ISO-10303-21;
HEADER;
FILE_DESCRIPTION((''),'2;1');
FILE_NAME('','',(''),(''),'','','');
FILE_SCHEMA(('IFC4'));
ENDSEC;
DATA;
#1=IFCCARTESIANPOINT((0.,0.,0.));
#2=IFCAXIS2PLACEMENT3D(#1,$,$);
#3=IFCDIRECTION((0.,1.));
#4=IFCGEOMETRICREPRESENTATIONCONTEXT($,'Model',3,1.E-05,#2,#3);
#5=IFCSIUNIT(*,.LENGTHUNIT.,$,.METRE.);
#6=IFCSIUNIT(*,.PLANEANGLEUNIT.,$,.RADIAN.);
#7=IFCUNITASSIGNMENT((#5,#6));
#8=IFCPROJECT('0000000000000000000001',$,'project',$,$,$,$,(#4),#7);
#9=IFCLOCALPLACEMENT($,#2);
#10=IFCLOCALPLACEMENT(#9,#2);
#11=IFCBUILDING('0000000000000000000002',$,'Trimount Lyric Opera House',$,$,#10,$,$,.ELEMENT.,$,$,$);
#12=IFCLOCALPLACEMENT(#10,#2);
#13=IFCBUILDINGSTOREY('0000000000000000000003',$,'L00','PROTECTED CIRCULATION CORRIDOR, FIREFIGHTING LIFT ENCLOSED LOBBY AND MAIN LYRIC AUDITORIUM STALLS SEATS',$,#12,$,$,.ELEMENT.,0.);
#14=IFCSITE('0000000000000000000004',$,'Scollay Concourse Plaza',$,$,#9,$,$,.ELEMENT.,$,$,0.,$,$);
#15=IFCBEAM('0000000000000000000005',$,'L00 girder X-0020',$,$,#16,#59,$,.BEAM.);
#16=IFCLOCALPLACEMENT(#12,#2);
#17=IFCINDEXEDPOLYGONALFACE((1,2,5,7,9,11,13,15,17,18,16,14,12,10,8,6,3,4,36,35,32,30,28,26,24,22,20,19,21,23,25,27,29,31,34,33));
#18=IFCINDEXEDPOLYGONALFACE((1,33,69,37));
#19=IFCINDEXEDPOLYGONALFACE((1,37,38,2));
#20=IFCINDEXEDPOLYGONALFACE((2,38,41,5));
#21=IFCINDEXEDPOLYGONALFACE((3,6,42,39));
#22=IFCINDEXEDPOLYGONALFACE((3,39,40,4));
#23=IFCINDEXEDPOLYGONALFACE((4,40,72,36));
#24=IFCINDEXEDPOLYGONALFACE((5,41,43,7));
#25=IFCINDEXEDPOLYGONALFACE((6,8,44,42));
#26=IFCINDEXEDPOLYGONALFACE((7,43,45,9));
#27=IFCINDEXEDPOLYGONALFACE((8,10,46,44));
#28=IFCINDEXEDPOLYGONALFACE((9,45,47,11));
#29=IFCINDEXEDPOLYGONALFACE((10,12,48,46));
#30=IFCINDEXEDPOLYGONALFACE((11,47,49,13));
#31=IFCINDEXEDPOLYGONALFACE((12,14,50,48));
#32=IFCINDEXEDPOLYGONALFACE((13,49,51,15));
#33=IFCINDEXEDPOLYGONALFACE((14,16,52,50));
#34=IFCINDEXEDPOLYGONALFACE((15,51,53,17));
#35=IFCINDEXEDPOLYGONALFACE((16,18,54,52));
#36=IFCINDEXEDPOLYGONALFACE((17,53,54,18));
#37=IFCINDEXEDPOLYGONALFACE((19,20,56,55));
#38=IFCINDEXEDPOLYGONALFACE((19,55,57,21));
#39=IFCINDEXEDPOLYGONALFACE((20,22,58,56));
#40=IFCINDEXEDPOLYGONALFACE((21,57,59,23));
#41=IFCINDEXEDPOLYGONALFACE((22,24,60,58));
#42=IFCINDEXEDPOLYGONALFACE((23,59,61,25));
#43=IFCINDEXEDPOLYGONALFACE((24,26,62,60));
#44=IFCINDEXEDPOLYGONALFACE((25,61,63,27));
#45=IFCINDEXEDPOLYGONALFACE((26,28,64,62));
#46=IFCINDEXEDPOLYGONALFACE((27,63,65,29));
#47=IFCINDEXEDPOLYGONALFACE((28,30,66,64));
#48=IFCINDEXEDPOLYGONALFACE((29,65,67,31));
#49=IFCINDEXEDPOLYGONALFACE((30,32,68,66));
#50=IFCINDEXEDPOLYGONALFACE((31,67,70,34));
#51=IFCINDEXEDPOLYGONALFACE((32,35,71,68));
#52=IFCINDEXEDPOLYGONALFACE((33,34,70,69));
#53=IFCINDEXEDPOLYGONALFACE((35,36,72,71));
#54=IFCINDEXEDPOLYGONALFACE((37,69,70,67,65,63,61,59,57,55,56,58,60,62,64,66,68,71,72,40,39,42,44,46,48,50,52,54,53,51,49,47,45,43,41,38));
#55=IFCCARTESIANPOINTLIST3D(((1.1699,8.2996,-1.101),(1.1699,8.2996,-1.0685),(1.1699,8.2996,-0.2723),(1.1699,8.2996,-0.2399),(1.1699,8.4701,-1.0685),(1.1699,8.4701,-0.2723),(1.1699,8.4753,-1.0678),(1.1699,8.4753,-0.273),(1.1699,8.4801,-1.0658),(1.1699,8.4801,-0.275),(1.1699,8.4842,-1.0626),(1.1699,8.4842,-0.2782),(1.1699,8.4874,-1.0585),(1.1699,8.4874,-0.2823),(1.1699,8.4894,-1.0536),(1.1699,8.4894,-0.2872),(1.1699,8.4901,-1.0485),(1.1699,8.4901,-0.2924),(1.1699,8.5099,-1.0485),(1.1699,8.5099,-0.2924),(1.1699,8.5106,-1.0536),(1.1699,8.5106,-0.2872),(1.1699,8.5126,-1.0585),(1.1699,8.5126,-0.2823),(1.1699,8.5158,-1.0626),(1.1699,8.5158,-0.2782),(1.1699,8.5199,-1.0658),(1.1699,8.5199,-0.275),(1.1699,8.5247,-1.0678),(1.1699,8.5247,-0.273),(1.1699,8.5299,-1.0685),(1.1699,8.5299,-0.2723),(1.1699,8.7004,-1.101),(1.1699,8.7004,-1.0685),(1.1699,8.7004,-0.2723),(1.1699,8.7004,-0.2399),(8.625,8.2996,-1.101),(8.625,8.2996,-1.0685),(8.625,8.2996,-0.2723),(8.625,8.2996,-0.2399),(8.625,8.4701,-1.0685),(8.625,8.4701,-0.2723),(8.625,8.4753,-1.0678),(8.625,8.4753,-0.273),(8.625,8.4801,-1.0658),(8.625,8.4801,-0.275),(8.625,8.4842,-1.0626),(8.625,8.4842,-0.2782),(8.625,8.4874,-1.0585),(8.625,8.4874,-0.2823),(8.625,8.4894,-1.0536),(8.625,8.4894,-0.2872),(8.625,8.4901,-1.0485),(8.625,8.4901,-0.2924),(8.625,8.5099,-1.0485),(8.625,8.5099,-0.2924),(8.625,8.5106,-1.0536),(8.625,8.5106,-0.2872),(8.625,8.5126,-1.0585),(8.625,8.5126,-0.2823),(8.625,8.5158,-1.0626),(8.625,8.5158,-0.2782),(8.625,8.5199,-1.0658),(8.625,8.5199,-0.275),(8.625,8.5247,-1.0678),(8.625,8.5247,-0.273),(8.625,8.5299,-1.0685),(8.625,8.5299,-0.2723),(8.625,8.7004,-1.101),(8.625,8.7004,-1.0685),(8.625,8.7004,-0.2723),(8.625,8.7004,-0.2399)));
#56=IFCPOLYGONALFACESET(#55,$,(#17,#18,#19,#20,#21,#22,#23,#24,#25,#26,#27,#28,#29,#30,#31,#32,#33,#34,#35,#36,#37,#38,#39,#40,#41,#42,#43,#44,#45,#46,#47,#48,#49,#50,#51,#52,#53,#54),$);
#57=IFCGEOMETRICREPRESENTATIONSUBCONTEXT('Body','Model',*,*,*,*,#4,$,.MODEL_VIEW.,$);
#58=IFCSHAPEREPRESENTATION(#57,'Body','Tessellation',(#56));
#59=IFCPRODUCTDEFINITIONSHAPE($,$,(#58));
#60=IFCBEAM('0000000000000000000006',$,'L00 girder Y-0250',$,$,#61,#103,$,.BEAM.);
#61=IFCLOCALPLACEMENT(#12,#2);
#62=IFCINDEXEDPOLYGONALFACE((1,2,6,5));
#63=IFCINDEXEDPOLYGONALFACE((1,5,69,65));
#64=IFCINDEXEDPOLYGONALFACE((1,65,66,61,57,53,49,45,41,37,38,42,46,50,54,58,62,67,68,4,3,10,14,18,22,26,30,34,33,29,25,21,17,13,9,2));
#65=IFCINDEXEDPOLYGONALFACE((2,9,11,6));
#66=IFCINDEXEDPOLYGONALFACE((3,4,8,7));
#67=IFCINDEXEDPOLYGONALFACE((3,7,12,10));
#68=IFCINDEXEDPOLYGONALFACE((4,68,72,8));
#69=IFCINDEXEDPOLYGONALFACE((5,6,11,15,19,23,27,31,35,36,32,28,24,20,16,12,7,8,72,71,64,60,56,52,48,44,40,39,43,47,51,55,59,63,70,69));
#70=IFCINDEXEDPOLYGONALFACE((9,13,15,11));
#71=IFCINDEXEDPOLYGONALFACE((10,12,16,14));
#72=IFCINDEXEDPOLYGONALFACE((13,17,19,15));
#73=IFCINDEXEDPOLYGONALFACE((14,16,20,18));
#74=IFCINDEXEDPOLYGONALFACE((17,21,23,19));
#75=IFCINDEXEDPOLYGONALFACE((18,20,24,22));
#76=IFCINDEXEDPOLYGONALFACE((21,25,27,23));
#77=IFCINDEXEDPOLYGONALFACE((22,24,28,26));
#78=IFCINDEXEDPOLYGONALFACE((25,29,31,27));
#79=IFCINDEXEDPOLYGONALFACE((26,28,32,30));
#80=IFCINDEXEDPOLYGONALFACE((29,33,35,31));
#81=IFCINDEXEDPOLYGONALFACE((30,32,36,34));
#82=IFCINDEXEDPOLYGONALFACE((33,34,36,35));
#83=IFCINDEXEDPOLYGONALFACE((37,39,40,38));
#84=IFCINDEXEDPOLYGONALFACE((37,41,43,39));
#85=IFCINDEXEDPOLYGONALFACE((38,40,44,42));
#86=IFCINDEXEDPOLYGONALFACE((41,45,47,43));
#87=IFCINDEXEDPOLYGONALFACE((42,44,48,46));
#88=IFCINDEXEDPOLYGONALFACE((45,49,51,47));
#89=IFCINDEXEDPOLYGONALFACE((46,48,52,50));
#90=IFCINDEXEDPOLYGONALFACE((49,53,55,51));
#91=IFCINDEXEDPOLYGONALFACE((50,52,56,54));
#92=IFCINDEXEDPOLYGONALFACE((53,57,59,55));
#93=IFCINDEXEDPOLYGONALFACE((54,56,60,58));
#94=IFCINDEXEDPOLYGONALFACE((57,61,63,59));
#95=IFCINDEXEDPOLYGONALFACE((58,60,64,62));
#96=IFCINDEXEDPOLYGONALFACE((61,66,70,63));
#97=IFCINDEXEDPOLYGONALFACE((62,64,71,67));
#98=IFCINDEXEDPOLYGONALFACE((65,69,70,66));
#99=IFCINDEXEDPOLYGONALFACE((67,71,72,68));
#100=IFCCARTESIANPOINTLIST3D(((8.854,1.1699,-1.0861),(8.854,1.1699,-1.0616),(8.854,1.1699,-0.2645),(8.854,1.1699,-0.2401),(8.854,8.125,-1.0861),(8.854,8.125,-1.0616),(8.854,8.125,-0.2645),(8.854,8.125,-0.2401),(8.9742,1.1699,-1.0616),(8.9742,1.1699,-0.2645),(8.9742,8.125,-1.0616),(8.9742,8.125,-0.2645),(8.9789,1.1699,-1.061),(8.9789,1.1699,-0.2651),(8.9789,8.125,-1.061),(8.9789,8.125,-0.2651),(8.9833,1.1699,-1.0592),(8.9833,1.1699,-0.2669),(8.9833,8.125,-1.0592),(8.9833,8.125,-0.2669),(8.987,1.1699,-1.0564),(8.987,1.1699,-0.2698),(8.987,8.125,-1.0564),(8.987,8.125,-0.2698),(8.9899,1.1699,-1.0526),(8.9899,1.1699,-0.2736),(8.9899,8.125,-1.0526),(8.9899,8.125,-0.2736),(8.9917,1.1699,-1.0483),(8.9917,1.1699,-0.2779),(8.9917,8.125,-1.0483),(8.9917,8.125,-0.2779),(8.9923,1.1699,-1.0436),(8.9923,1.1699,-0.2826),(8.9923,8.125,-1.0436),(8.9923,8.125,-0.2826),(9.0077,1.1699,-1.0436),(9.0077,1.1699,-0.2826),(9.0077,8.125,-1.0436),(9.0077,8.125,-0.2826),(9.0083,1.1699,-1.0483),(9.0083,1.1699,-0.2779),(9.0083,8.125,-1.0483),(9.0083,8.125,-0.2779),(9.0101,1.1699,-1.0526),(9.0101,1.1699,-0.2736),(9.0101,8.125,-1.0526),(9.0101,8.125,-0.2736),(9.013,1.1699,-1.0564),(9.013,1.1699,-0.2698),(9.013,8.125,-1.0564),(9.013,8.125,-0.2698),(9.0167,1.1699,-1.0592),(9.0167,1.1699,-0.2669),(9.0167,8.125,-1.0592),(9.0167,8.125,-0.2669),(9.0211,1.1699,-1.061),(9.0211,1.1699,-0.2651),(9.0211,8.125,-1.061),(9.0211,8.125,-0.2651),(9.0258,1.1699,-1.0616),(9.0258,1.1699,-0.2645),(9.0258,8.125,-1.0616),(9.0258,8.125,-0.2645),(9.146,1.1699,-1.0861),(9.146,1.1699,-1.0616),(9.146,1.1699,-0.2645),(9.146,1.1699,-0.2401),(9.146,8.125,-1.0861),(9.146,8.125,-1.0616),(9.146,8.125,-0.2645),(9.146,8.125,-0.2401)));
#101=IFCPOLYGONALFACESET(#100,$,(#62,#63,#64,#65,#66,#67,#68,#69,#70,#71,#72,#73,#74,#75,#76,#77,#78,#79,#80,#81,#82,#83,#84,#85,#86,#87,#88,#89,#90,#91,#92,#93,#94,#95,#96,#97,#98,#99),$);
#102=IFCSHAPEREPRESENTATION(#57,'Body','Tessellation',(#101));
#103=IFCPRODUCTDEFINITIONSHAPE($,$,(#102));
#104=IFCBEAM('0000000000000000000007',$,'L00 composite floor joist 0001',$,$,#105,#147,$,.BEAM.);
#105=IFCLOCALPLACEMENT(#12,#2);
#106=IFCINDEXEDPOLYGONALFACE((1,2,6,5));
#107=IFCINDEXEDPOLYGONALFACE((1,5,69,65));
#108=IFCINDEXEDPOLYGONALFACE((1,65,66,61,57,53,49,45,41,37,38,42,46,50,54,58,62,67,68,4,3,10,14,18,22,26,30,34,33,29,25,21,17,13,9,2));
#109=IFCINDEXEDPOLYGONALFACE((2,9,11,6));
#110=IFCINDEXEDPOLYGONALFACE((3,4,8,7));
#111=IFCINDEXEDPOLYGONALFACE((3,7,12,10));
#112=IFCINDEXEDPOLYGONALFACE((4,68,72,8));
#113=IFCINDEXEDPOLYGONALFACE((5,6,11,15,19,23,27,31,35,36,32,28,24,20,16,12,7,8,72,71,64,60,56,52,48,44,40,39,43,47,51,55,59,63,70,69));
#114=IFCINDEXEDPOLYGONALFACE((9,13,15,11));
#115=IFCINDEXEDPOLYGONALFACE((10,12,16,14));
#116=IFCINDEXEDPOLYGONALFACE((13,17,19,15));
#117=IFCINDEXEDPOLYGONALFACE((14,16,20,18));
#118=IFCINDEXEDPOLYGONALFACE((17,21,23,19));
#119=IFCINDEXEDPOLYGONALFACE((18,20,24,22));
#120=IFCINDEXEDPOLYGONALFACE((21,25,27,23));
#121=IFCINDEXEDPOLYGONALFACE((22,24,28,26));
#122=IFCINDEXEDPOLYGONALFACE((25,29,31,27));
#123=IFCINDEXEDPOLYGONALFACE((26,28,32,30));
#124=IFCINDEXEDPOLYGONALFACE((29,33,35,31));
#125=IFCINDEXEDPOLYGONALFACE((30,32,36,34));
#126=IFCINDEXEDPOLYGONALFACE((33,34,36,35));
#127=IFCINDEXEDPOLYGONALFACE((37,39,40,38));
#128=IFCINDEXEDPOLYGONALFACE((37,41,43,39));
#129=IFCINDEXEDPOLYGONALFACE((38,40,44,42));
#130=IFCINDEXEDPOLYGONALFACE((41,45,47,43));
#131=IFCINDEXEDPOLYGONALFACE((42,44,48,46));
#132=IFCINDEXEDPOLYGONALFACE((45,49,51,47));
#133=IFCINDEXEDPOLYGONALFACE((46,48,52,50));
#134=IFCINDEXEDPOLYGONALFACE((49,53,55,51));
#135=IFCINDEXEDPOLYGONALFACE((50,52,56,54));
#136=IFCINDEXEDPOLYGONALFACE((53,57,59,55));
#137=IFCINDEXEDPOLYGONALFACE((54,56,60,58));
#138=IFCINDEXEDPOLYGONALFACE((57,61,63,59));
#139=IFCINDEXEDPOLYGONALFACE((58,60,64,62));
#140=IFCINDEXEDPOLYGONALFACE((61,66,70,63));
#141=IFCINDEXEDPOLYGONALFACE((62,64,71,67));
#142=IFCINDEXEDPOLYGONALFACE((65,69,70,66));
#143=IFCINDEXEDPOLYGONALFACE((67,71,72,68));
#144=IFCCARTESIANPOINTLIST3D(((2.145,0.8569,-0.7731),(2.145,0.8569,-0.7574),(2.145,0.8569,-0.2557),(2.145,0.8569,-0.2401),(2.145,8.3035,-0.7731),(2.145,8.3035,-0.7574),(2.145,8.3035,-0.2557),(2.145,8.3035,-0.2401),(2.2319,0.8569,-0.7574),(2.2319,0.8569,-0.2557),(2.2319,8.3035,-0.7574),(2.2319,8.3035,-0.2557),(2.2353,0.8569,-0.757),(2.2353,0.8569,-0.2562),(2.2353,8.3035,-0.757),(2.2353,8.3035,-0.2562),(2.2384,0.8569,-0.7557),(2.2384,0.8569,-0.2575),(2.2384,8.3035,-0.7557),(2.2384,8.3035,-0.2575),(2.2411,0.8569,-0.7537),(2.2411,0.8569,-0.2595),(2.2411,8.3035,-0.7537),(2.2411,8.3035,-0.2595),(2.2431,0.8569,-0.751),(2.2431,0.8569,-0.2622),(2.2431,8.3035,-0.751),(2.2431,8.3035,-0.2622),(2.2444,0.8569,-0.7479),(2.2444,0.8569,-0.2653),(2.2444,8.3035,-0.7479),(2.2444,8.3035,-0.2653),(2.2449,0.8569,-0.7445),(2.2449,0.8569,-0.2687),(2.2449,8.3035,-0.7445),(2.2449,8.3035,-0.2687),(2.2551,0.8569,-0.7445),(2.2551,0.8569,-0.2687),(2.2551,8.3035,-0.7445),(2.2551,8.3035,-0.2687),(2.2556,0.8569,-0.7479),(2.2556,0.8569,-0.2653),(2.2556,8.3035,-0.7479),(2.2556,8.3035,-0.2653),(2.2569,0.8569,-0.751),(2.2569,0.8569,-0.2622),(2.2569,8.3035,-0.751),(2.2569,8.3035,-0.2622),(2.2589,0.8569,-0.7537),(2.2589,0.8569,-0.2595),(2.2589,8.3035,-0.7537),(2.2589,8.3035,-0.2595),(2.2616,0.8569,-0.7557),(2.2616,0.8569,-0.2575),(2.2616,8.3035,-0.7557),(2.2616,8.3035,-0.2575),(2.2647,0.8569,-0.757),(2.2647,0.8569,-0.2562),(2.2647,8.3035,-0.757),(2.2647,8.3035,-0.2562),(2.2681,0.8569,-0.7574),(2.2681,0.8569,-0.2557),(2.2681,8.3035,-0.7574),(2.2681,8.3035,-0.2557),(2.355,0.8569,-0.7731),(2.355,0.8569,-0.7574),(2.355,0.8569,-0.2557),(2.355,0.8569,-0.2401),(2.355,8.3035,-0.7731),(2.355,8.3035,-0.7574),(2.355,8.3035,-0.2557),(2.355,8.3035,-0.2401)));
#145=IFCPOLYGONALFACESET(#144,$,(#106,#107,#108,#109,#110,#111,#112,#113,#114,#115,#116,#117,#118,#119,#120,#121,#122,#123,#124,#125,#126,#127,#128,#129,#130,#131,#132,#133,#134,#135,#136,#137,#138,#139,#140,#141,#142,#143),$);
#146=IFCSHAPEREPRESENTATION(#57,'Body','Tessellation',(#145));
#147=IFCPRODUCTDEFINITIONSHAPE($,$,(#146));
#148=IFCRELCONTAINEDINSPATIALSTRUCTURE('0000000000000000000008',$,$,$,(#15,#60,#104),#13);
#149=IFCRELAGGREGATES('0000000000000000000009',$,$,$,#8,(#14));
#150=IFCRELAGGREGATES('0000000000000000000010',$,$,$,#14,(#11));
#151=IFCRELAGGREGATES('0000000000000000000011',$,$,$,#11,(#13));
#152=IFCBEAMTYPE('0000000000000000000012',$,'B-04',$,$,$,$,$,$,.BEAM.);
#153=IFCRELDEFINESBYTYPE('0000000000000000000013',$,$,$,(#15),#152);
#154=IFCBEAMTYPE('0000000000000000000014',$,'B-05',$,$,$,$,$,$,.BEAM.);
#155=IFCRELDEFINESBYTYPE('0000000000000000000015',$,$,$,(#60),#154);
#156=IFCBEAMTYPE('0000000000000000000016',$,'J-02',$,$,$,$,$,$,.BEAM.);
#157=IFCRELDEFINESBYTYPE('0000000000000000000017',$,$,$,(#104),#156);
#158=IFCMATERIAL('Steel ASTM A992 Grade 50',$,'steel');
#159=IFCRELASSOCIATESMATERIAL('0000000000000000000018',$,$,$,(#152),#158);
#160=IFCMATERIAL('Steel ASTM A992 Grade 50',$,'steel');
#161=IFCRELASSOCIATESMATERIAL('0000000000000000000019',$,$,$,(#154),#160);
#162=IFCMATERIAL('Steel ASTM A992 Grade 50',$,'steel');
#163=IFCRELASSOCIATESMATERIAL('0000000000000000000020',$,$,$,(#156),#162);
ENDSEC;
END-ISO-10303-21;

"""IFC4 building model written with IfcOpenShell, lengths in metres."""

from ifc_helpers import new_model, si_unit, direction, frame, origin, origin_2d, place, context, subcontext, project, spatial, i_section, extrude, material, material_profile, profile_set, type_object, element, save


model = new_model("IFC4")

# Units and contexts
model_context = context("Model", 3, precision=1e-05, world=origin(), true_north=direction((0.0, 1.0)))
body_context = subcontext(model_context, "Body", "Model", "MODEL_VIEW")
ifc_project = project(units=[si_unit("LENGTHUNIT", "METRE"), si_unit("PLANEANGLEUNIT", "RADIAN")], contexts=[model_context])

# Site, building, storey
site_placement = place(None, origin())
site = spatial("IfcSite", under=ifc_project, at=site_placement, Name="Scollay Concourse Plaza", CompositionType="ELEMENT", RefElevation=0.0)
building_placement = place(site_placement, origin())
building = spatial("IfcBuilding", under=site, at=building_placement, Name="Trimount Lyric Opera House", CompositionType="ELEMENT")
storey_placement = place(building_placement, origin())
storey = spatial("IfcBuildingStorey", under=building, at=storey_placement, Name="L00", Description="PROTECTED CIRCULATION CORRIDOR, FIREFIGHTING LIFT ENCLOSED LOBBY AND MAIN LYRIC AUDITORIUM STALLS SEATS", CompositionType="ELEMENT", Elevation=0.0)

# Beams
ifc_material_1 = material(Name="Steel ASTM A992 Grade 50", Category="steel")
ifc_material_profile_1 = material_profile(ifc_material_1, i_section(OverallWidth=0.4009, OverallDepth=0.8611, WebThickness=0.0198, FlangeThickness=0.0325, FilletRadius=0.02, at=origin_2d()), Name="W33X221")
ifc_profile_set_1 = profile_set([ifc_material_profile_1], Name="Steel ASTM A992 Grade 50")
beam_type_1 = type_object("IfcBeamType", Name="B-04", PredefinedType="BEAM", material=ifc_profile_set_1)
beam_1_placement = place(storey_placement, frame((1.1699, 8.5, -0.6704), z_axis=(1.0, 0.0, 0.0), x_axis=(0.0, 1.0, 0.0)))
element("IfcBeam", 1, at=beam_1_placement, inside=storey, type_object=beam_type_1, Name="L00 girder X-0020", PredefinedType="BEAM", context=body_context, shape_type="SweptSolid", body=[
    extrude(i_section(OverallWidth=0.4009, OverallDepth=0.8611, WebThickness=0.0198, FlangeThickness=0.0325, FilletRadius=0.02, at=origin_2d()), origin(), (0.0, 0.0, 1.0), 7.4551),
])
ifc_material_2 = material(Name="Steel ASTM A992 Grade 50", Category="steel")
ifc_material_profile_2 = material_profile(ifc_material_2, i_section(OverallWidth=0.292, OverallDepth=0.8459, WebThickness=0.0154, FlangeThickness=0.0244, FilletRadius=0.0181, at=origin_2d()), Name="W33X141")
ifc_profile_set_2 = profile_set([ifc_material_profile_2], Name="Steel ASTM A992 Grade 50")
beam_type_2 = type_object("IfcBeamType", Name="B-05", PredefinedType="BEAM", material=ifc_profile_set_2)
beam_2_placement = place(storey_placement, frame((9.0, 1.1699, -0.6631), z_axis=(0.0, 1.0, 0.0), x_axis=(-1.0, 0.0, 0.0)))
element("IfcBeam", 2, at=beam_2_placement, inside=storey, type_object=beam_type_2, Name="L00 girder Y-0250", PredefinedType="BEAM", context=body_context, shape_type="SweptSolid", body=[
    extrude(i_section(OverallWidth=0.292, OverallDepth=0.8459, WebThickness=0.0154, FlangeThickness=0.0244, FilletRadius=0.0181, at=origin_2d()), origin(), (0.0, 0.0, 1.0), 6.9551),
])
ifc_material_3 = material(Name="Steel ASTM A992 Grade 50", Category="steel")
ifc_material_profile_3 = material_profile(ifc_material_3, i_section(OverallWidth=0.21, OverallDepth=0.533, WebThickness=0.0103, FlangeThickness=0.0156, FilletRadius=0.0129, at=origin_2d()), Name="W21X62")
ifc_profile_set_3 = profile_set([ifc_material_profile_3], Name="Steel ASTM A992 Grade 50")
beam_type_3 = type_object("IfcBeamType", Name="J-02", PredefinedType="BEAM", material=ifc_profile_set_3)
beam_3_placement = place(storey_placement, frame((2.25, 0.8569, -0.5066), z_axis=(0.0, 1.0, 0.0), x_axis=(-1.0, 0.0, 0.0)))
element("IfcBeam", 3, at=beam_3_placement, inside=storey, type_object=beam_type_3, Name="L00 composite floor joist 0001", PredefinedType="BEAM", context=body_context, shape_type="SweptSolid", body=[
    extrude(i_section(OverallWidth=0.21, OverallDepth=0.533, WebThickness=0.0103, FlangeThickness=0.0156, FilletRadius=0.0129, at=origin_2d()), origin(), (0.0, 0.0, 1.0), 7.4465),
])

save(model, "model.ifc")
